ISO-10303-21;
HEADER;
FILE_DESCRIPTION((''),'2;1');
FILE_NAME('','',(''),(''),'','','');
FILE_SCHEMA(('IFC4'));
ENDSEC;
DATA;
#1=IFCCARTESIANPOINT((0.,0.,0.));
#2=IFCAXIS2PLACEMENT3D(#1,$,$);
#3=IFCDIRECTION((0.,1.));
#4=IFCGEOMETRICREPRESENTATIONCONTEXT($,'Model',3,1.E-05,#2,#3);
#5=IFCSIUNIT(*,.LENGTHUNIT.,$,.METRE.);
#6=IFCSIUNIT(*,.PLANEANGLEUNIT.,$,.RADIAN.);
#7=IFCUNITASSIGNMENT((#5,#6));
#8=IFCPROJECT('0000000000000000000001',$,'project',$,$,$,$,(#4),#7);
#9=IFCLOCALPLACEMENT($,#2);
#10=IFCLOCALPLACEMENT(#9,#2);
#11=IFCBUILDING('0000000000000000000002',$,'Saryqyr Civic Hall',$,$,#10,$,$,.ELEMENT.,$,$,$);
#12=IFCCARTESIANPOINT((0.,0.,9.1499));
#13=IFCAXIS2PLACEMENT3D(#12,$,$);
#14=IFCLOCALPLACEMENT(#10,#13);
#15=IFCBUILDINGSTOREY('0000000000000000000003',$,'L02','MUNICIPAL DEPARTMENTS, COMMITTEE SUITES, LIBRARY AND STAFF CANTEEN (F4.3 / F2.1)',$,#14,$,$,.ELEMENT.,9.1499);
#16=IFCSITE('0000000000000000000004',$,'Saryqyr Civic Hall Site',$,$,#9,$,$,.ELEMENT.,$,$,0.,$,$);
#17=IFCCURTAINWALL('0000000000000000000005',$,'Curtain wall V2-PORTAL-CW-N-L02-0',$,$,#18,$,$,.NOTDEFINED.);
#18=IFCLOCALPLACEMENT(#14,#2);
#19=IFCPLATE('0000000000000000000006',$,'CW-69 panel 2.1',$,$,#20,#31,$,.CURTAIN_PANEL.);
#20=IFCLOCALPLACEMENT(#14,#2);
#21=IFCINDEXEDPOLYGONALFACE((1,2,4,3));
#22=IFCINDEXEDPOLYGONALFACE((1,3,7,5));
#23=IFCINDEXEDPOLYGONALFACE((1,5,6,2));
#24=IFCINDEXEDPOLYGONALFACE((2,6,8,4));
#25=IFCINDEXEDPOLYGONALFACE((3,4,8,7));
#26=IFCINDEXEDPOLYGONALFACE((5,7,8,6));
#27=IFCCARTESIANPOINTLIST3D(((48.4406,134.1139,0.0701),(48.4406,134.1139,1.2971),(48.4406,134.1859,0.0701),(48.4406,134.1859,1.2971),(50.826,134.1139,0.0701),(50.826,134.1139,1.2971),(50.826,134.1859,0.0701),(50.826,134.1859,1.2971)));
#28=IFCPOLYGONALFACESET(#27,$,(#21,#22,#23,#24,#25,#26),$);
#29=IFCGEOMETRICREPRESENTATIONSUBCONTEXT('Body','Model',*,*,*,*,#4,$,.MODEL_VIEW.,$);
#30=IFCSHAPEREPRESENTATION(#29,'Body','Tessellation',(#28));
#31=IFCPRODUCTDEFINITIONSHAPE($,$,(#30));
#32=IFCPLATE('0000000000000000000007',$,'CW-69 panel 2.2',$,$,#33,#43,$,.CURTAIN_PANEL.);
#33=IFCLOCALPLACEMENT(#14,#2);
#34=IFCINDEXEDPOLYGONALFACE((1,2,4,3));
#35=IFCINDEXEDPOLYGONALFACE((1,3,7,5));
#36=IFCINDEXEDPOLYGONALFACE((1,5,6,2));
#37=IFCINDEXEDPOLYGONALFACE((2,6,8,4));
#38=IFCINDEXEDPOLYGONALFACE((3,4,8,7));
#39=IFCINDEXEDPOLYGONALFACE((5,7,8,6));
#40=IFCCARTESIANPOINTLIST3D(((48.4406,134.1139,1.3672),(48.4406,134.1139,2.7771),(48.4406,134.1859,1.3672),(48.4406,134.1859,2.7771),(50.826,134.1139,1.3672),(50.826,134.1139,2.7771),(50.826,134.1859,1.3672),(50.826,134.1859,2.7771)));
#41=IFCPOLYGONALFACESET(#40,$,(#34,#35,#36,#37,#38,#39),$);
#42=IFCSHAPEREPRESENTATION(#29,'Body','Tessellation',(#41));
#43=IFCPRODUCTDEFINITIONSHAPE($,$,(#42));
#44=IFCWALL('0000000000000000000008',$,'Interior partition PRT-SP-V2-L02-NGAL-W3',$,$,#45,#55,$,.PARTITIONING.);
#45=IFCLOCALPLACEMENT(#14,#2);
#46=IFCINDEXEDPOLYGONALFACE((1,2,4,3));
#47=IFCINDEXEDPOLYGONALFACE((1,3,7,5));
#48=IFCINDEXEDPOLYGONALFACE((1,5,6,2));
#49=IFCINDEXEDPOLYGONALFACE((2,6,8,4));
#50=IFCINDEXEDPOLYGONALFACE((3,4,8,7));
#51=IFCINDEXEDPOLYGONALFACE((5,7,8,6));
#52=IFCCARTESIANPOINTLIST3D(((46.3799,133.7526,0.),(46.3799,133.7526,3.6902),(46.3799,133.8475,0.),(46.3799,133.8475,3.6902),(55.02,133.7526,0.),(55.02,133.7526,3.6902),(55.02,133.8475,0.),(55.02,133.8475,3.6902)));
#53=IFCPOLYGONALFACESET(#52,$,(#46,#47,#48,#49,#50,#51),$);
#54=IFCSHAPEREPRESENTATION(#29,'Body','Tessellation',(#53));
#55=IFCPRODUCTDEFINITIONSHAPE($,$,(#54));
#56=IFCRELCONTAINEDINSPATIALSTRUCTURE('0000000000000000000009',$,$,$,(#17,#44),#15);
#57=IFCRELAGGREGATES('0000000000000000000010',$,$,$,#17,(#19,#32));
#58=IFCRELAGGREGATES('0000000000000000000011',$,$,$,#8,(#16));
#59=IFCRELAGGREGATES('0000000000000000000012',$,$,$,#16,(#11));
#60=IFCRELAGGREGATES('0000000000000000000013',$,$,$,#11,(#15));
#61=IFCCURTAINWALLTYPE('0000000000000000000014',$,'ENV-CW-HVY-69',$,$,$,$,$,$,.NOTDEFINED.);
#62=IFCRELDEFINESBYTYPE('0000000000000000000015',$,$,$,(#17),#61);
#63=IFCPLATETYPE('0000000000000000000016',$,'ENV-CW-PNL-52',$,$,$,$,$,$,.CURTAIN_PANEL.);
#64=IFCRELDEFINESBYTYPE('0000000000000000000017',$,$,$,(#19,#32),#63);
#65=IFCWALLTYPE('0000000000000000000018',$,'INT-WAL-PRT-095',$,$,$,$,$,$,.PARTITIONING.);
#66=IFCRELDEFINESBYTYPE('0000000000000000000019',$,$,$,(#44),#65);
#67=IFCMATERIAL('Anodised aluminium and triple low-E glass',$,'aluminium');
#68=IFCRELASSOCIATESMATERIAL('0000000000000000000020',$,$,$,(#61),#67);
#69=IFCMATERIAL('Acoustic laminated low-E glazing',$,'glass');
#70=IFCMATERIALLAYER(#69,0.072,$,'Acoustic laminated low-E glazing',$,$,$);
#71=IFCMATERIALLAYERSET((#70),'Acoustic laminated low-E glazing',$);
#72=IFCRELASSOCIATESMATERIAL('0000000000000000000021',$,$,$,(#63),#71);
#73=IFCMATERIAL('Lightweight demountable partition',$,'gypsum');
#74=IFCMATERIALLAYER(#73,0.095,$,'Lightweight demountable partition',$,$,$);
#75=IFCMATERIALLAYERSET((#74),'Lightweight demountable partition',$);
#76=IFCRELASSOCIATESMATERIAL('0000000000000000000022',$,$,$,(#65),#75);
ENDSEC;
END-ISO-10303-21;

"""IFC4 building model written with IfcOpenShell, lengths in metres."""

from ifc_helpers import new_model, si_unit, direction, frame, frame_2d, origin, origin_2d, place, context, subcontext, project, spatial, rectangle, extrude, material, layer, layer_set, type_object, element, aggregate, save


model = new_model("IFC4")

# Units and contexts
model_context = context("Model", 3, precision=1e-05, world=origin(), true_north=direction((0.0, 1.0)))
body_context = subcontext(model_context, "Body", "Model", "MODEL_VIEW")
ifc_project = project(units=[si_unit("LENGTHUNIT", "METRE"), si_unit("PLANEANGLEUNIT", "RADIAN")], contexts=[model_context])

# Site, building, storey
site_placement = place(None, origin())
site = spatial("IfcSite", under=ifc_project, at=site_placement, Name="Saryqyr Civic Hall Site", CompositionType="ELEMENT", RefElevation=0.0)
building_placement = place(site_placement, origin())
building = spatial("IfcBuilding", under=site, at=building_placement, Name="Saryqyr Civic Hall", CompositionType="ELEMENT")
storey_placement = place(building_placement, frame((0.0, 0.0, 9.1499)))
storey = spatial("IfcBuildingStorey", under=building, at=storey_placement, Name="L02", Description="MUNICIPAL DEPARTMENTS, COMMITTEE SUITES, LIBRARY AND STAFF CANTEEN (F4.3 / F2.1)", CompositionType="ELEMENT", Elevation=9.1499)

# Shared definitions
ifc_material_1 = material(Name="Anodised aluminium and triple low-E glass", Category="aluminium")

# Curtain wall
curtain_wall_type_1 = type_object("IfcCurtainWallType", Name="ENV-CW-HVY-69", PredefinedType="NOTDEFINED", material=ifc_material_1)
curtain_wall_1_placement = place(storey_placement, origin())
curtain_wall_1 = element("IfcCurtainWall", 1, at=curtain_wall_1_placement, inside=storey, type_object=curtain_wall_type_1, Name="Curtain wall V2-PORTAL-CW-N-L02-0", PredefinedType="NOTDEFINED")

# Plates
ifc_material_2 = material(Name="Acoustic laminated low-E glazing", Category="glass")
ifc_layer_1 = layer(ifc_material_2, 0.072, Name="Acoustic laminated low-E glazing")
ifc_layer_set_1 = layer_set([ifc_layer_1], Name="Acoustic laminated low-E glazing")
plate_type_1 = type_object("IfcPlateType", Name="ENV-CW-PNL-52", PredefinedType="CURTAIN_PANEL", material=ifc_layer_set_1)
plate_1_placement = place(storey_placement, frame((49.6333, 134.1499, 0.0701), z_axis=(0.0, 0.0, 1.0), x_axis=(1.0, 0.0, 0.0)))
plate_1 = element("IfcPlate", 2, at=plate_1_placement, type_object=plate_type_1, Name="CW-69 panel 2.1", PredefinedType="CURTAIN_PANEL", context=body_context, shape_type="SweptSolid", body=[
    extrude(rectangle(XDim=2.3855, YDim=0.072, at=origin_2d()), origin(), (0.0, 0.0, 1.0), 1.2271),
])
plate_2_placement = place(storey_placement, frame((49.6333, 134.1499, 1.3672), z_axis=(0.0, 0.0, 1.0), x_axis=(1.0, 0.0, 0.0)))
plate_2 = element("IfcPlate", 3, at=plate_2_placement, type_object=plate_type_1, Name="CW-69 panel 2.2", PredefinedType="CURTAIN_PANEL", context=body_context, shape_type="SweptSolid", body=[
    extrude(rectangle(XDim=2.3855, YDim=0.072, at=origin_2d()), origin(), (0.0, 0.0, 1.0), 1.4099),
])
aggregate(curtain_wall_1, [plate_1, plate_2])

# Wall
ifc_material_3 = material(Name="Lightweight demountable partition", Category="gypsum")
ifc_layer_2 = layer(ifc_material_3, 0.095, Name="Lightweight demountable partition")
ifc_layer_set_2 = layer_set([ifc_layer_2], Name="Lightweight demountable partition")
wall_type = type_object("IfcWallType", Name="INT-WAL-PRT-095", PredefinedType="PARTITIONING", material=ifc_layer_set_2)
wall_placement = place(storey_placement, frame((46.3799, 133.8, 0.0), z_axis=(0.0, 0.0, 1.0), x_axis=(1.0, 0.0, 0.0)))
element("IfcWall", 4, at=wall_placement, inside=storey, type_object=wall_type, Name="Interior partition PRT-SP-V2-L02-NGAL-W3", PredefinedType="PARTITIONING", context=body_context, shape_type="SweptSolid", body=[
    extrude(rectangle(XDim=8.6401, YDim=0.095, at=frame_2d((4.3201, 0.0))), origin(), (0.0, 0.0, 1.0), 3.6902),
])

save(model, "model.ifc")
